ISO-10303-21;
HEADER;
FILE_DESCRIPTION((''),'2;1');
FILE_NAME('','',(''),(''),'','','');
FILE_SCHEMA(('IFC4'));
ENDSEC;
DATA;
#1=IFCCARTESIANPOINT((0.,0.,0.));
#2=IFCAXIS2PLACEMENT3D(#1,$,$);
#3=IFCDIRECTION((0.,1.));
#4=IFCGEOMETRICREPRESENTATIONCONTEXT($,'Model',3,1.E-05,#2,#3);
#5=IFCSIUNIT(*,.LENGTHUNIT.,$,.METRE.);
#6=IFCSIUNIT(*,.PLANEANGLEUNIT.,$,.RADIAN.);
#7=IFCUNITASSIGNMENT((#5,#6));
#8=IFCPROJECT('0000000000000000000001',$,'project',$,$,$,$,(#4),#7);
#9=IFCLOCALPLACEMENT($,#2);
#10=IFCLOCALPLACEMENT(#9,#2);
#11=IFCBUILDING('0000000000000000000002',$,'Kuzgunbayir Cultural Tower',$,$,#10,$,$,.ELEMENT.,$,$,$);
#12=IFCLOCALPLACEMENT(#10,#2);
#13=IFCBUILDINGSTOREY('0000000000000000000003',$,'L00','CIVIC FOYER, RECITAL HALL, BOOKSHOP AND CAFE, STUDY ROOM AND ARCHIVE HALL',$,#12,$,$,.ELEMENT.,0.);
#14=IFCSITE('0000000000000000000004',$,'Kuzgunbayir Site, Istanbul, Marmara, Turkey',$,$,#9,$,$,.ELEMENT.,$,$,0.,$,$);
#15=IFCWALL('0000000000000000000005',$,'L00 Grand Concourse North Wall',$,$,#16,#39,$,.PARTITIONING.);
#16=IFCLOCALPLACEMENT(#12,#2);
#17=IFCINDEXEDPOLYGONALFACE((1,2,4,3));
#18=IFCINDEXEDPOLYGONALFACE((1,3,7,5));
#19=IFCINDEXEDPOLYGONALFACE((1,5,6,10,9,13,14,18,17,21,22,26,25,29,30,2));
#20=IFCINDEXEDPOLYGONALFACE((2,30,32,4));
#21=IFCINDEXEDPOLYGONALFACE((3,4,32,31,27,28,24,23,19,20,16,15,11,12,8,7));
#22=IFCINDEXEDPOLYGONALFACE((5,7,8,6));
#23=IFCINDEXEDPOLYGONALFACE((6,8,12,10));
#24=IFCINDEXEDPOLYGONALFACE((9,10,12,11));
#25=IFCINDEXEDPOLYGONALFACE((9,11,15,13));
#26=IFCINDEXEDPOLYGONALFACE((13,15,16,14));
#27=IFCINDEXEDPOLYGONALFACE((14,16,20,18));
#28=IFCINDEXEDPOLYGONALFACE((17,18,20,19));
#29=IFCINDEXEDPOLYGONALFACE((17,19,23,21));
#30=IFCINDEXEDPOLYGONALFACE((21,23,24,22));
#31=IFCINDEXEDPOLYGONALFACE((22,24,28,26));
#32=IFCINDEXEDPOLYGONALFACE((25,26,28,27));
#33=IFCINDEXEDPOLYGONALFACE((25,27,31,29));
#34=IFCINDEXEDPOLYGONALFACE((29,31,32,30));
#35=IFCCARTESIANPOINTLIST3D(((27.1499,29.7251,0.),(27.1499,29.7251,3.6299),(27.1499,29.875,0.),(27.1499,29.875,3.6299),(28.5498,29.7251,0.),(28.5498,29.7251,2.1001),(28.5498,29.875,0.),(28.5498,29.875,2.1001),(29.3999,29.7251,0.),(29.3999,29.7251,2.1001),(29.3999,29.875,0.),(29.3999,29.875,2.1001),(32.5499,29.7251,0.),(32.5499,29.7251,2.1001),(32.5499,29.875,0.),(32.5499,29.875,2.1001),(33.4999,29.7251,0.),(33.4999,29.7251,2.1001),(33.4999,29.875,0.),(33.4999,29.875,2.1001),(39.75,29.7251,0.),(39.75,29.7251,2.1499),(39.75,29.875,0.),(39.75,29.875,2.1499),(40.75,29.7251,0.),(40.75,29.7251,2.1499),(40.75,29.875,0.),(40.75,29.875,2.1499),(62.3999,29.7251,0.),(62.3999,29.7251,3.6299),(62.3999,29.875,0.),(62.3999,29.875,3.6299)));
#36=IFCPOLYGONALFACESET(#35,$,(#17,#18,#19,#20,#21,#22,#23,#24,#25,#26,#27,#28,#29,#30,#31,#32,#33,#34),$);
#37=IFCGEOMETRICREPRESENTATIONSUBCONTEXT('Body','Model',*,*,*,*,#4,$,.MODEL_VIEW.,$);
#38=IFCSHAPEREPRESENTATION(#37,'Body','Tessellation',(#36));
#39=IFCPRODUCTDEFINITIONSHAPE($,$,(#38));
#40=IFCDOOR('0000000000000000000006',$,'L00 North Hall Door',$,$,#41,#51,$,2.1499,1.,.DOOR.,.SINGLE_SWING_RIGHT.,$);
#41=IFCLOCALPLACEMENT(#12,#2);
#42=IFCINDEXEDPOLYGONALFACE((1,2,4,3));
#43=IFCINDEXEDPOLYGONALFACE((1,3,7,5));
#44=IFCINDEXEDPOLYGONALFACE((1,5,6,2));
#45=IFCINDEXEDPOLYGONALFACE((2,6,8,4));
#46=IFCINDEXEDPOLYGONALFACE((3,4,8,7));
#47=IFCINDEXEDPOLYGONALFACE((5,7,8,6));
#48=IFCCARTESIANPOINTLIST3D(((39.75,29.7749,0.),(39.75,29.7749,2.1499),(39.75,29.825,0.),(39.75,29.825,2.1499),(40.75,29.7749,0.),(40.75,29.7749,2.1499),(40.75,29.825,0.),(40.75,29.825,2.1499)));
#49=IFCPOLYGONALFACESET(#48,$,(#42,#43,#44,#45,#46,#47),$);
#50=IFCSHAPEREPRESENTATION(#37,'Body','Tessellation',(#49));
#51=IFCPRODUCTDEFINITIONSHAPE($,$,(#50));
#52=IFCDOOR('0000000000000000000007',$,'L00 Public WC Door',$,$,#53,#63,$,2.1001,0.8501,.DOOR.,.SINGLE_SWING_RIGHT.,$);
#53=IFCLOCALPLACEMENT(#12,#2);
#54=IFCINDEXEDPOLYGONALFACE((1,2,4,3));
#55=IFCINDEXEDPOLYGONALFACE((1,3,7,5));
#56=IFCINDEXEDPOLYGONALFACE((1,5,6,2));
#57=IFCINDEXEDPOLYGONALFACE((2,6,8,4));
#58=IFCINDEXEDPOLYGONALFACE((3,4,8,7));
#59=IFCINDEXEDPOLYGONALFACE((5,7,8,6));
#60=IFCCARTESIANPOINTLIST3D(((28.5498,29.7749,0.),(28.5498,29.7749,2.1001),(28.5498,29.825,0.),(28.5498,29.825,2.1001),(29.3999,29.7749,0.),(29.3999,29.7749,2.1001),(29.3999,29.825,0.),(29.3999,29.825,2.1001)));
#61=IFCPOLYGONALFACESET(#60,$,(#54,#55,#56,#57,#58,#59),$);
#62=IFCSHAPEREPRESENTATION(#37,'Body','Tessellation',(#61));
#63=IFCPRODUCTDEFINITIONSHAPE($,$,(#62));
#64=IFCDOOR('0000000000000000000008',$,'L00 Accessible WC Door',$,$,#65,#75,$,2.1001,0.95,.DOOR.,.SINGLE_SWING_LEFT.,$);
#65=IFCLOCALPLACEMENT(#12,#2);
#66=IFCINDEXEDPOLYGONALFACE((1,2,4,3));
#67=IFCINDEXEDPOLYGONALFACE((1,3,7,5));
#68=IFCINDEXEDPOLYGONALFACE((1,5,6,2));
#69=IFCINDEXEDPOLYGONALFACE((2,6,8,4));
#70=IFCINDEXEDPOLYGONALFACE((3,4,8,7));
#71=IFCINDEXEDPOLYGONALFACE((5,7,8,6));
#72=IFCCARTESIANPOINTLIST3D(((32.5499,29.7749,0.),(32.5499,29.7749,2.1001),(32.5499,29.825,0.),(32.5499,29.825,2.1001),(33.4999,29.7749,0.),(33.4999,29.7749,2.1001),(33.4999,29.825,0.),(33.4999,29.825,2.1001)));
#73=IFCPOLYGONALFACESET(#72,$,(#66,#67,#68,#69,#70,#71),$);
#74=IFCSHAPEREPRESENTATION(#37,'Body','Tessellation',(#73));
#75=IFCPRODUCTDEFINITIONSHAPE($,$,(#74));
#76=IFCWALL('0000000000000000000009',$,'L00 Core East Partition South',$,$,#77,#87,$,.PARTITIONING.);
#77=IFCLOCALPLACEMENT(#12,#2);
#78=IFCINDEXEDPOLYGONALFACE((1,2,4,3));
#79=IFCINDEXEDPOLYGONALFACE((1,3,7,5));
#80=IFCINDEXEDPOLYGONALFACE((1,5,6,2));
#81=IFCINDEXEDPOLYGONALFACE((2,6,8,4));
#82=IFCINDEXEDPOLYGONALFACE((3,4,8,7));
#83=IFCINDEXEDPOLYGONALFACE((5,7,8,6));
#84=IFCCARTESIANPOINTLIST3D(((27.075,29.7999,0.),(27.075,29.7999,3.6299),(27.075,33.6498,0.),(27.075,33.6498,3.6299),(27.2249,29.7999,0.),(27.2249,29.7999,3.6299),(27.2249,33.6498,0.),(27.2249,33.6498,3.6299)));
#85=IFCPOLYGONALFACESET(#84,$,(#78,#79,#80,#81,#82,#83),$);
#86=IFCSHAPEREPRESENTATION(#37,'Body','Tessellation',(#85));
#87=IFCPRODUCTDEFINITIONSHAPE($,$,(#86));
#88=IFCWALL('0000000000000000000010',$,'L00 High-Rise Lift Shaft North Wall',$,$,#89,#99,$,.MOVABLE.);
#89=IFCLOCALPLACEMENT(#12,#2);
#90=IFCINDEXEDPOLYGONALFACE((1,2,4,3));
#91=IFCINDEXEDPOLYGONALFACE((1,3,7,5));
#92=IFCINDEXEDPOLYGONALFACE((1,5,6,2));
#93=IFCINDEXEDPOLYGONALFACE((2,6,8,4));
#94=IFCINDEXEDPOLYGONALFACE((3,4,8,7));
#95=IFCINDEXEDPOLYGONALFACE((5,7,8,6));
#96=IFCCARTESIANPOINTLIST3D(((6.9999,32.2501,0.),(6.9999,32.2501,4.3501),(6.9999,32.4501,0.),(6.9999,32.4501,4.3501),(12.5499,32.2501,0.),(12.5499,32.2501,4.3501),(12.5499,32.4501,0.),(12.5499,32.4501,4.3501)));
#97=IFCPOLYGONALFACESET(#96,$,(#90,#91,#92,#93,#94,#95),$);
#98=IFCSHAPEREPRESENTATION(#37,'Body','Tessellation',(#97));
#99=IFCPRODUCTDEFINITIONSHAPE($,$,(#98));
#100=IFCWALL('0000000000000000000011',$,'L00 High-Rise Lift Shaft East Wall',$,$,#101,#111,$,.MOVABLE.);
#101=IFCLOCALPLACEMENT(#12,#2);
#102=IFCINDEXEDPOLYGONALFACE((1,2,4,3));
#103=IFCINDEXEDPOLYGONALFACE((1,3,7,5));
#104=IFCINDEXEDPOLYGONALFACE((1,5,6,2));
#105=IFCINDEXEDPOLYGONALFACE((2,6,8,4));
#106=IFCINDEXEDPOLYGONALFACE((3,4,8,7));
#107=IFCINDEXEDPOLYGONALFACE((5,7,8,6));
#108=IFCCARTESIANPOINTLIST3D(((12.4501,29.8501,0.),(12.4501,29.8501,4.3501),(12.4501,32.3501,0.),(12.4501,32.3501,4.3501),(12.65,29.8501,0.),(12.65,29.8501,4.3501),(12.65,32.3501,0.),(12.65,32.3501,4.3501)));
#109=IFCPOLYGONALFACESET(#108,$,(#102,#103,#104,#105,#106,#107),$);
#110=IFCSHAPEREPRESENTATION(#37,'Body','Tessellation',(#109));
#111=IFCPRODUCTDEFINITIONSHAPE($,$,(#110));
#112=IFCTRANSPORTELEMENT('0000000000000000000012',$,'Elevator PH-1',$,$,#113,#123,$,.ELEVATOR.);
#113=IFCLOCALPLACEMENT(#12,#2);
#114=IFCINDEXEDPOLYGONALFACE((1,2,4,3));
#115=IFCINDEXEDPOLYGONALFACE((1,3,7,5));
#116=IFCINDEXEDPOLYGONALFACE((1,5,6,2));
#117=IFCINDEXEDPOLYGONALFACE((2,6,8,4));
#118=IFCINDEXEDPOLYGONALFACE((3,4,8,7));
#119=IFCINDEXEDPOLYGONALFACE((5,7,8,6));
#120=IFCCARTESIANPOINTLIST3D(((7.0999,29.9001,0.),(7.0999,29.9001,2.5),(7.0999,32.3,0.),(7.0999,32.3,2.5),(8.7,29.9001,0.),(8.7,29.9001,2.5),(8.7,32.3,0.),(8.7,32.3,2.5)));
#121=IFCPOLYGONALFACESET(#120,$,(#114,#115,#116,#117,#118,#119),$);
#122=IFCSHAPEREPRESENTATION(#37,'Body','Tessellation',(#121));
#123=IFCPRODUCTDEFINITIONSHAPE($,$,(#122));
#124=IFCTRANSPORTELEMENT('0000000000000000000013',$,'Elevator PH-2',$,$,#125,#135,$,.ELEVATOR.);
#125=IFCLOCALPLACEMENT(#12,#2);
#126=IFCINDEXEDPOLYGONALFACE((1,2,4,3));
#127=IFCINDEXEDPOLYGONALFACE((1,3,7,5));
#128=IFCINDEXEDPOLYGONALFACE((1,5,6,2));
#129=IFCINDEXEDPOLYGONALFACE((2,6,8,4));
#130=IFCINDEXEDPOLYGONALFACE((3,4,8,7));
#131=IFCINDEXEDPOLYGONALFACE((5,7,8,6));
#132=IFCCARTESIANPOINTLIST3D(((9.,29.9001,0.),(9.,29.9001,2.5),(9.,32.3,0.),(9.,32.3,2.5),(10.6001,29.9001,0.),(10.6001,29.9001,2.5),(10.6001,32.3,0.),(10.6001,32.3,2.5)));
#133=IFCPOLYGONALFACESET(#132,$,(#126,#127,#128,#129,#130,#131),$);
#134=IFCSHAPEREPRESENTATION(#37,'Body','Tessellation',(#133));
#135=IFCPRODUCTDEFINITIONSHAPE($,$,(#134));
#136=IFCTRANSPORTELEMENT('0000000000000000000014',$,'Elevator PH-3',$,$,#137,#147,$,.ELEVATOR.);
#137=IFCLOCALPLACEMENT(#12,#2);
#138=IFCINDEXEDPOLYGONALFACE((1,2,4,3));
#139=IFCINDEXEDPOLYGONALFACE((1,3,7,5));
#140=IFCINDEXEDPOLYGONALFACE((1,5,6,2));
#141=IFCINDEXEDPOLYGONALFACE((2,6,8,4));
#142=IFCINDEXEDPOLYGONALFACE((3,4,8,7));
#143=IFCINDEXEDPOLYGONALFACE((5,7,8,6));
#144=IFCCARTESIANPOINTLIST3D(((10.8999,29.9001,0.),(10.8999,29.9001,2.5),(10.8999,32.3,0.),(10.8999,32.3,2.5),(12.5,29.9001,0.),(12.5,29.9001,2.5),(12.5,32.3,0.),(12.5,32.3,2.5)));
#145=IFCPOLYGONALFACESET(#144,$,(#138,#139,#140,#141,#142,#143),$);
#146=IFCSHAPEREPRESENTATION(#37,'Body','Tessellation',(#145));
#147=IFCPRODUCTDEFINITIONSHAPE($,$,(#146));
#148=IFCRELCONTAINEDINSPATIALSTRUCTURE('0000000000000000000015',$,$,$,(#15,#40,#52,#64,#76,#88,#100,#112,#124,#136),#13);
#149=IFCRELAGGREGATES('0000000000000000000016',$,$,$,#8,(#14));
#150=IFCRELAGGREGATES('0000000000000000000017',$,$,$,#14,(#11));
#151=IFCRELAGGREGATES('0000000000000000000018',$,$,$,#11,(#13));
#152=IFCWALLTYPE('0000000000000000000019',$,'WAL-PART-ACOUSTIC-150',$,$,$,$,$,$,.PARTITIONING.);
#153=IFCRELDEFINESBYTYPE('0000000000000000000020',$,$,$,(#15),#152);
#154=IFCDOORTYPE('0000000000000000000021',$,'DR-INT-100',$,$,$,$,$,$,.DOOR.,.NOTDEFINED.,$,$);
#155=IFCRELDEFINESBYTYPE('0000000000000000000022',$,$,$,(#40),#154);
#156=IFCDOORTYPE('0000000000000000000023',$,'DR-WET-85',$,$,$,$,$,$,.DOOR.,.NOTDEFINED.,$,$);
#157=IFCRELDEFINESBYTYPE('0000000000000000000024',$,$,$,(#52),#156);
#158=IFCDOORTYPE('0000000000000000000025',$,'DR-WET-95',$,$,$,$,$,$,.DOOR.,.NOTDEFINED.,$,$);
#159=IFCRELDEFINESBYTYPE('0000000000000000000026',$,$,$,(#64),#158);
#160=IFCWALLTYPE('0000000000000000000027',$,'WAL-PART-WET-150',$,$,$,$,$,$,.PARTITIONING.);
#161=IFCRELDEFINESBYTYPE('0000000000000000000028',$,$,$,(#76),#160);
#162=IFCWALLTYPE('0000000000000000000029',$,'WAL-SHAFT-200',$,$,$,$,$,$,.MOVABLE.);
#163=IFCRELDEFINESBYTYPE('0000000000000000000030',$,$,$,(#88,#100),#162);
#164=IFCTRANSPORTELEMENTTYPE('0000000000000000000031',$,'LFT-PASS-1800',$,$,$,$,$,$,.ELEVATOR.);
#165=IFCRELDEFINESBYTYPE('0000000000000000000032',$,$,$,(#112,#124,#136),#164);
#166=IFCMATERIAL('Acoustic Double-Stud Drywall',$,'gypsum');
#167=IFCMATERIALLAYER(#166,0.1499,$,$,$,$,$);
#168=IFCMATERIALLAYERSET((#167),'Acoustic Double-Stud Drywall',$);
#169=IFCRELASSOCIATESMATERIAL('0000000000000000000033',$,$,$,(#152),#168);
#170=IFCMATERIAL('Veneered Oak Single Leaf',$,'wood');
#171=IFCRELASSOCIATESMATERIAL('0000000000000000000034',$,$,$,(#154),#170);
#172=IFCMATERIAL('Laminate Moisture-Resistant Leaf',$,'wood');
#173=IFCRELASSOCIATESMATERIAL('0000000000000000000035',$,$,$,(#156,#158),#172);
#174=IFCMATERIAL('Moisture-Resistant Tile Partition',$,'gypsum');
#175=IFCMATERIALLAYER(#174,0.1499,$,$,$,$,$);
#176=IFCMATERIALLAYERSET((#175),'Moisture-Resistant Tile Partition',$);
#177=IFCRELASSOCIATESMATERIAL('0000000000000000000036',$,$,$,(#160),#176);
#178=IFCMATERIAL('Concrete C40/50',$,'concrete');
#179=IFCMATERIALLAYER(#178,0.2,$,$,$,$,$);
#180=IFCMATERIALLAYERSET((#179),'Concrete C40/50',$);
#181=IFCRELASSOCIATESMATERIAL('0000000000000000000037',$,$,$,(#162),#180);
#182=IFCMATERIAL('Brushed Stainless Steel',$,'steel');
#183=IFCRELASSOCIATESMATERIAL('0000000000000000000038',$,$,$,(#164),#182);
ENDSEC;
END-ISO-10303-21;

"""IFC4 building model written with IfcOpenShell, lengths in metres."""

from ifc_helpers import new_model, si_unit, direction, frame, frame_2d, origin, origin_2d, place, context, subcontext, project, spatial, rectangle, extrude, material, layer, layer_set, type_object, element, fill, save


model = new_model("IFC4")

# Units and contexts
model_context = context("Model", 3, precision=1e-05, world=origin(), true_north=direction((0.0, 1.0)))
body_context = subcontext(model_context, "Body", "Model", "MODEL_VIEW")
ifc_project = project(units=[si_unit("LENGTHUNIT", "METRE"), si_unit("PLANEANGLEUNIT", "RADIAN")], contexts=[model_context])

# Site, building, storey
site_placement = place(None, origin())
site = spatial("IfcSite", under=ifc_project, at=site_placement, Name="Kuzgunbayir Site, Istanbul, Marmara, Turkey", CompositionType="ELEMENT", RefElevation=0.0)
building_placement = place(site_placement, origin())
building = spatial("IfcBuilding", under=site, at=building_placement, Name="Kuzgunbayir Cultural Tower", CompositionType="ELEMENT")
storey_placement = place(building_placement, origin())
storey = spatial("IfcBuildingStorey", under=building, at=storey_placement, Name="L00", Description="CIVIC FOYER, RECITAL HALL, BOOKSHOP AND CAFE, STUDY ROOM AND ARCHIVE HALL", CompositionType="ELEMENT", Elevation=0.0)

# Shared definitions
ifc_material_1 = material(Name="Acoustic Double-Stud Drywall", Category="gypsum")
ifc_layer_1 = layer(ifc_material_1, 0.1499)
ifc_layer_set_1 = layer_set([ifc_layer_1], Name="Acoustic Double-Stud Drywall")
wall_type_1 = type_object("IfcWallType", Name="WAL-PART-ACOUSTIC-150", PredefinedType="PARTITIONING", material=ifc_layer_set_1)

# Wall, openings, doors
wall_1_placement = place(storey_placement, frame((27.1499, 29.8, 0.0), z_axis=(0.0, 0.0, 1.0), x_axis=(1.0, 0.0, 0.0)))
wall_1 = element("IfcWall", 1, at=wall_1_placement, inside=storey, type_object=wall_type_1, Name="L00 Grand Concourse North Wall", PredefinedType="PARTITIONING", context=body_context, shape_type="SweptSolid", body=[
    extrude(rectangle(XDim=35.25, YDim=0.1499, at=frame_2d((17.625, 0.0))), origin(), (0.0, 0.0, 1.0), 3.6299),
])
opening_1_placement = place(wall_1_placement, frame((1.3999, 0.0, 0.0)))
opening_1 = element("IfcOpeningElement", 2, at=opening_1_placement, cuts=wall_1, PredefinedType="OPENING", context=body_context, shape_type="SweptSolid", body=[
    extrude(rectangle(XDim=0.8501, YDim=2.1001, at=frame_2d((0.425, 1.05))), frame((0.0, 0.085, 0.0), z_axis=(0.0, -1.0, 0.0), x_axis=(1.0, 0.0, 0.0)), (0.0, 0.0, 1.0), 0.1699),
])
opening_2_placement = place(wall_1_placement, frame((5.3999, 0.0, 0.0)))
opening_2 = element("IfcOpeningElement", 3, at=opening_2_placement, cuts=wall_1, PredefinedType="OPENING", context=body_context, shape_type="SweptSolid", body=[
    extrude(rectangle(XDim=0.95, YDim=2.1001, at=frame_2d((0.4751, 1.05))), frame((0.0, 0.085, 0.0), z_axis=(0.0, -1.0, 0.0), x_axis=(1.0, 0.0, 0.0)), (0.0, 0.0, 1.0), 0.1699),
])
opening_3_placement = place(wall_1_placement, frame((12.6001, 0.0, 0.0)))
opening_3 = element("IfcOpeningElement", 4, at=opening_3_placement, cuts=wall_1, PredefinedType="OPENING", context=body_context, shape_type="SweptSolid", body=[
    extrude(rectangle(XDim=1.0, YDim=2.1499, at=frame_2d((0.5, 1.075))), frame((0.0, 0.085, 0.0), z_axis=(0.0, -1.0, 0.0), x_axis=(1.0, 0.0, 0.0)), (0.0, 0.0, 1.0), 0.1699),
])
ifc_material_2 = material(Name="Veneered Oak Single Leaf", Category="wood")
door_type_1 = type_object("IfcDoorType", Name="DR-INT-100", OperationType="NOTDEFINED", PredefinedType="DOOR", material=ifc_material_2)
door_1_placement = place(opening_3_placement, origin())
door_1 = element("IfcDoor", 5, at=door_1_placement, inside=storey, type_object=door_type_1, Name="L00 North Hall Door", OperationType="SINGLE_SWING_RIGHT", OverallHeight=2.1499, OverallWidth=1.0, PredefinedType="DOOR", context=body_context, shape_type="SweptSolid", body=[
    extrude(rectangle(XDim=1.0, YDim=2.1499, at=frame_2d((0.5, 1.075))), frame((0.0, 0.0249, 0.0), z_axis=(0.0, -1.0, 0.0), x_axis=(1.0, 0.0, 0.0)), (0.0, 0.0, 1.0), 0.05),
])
fill(opening_3, door_1)
ifc_material_3 = material(Name="Laminate Moisture-Resistant Leaf", Category="wood")
door_type_2 = type_object("IfcDoorType", Name="DR-WET-85", OperationType="NOTDEFINED", PredefinedType="DOOR", material=ifc_material_3)
door_2_placement = place(opening_1_placement, origin())
door_2 = element("IfcDoor", 6, at=door_2_placement, inside=storey, type_object=door_type_2, Name="L00 Public WC Door", OperationType="SINGLE_SWING_RIGHT", OverallHeight=2.1001, OverallWidth=0.8501, PredefinedType="DOOR", context=body_context, shape_type="SweptSolid", body=[
    extrude(rectangle(XDim=0.8501, YDim=2.1001, at=frame_2d((0.425, 1.05))), frame((0.0, 0.0249, 0.0), z_axis=(0.0, -1.0, 0.0), x_axis=(1.0, 0.0, 0.0)), (0.0, 0.0, 1.0), 0.05),
])
fill(opening_1, door_2)
door_type_3 = type_object("IfcDoorType", Name="DR-WET-95", OperationType="NOTDEFINED", PredefinedType="DOOR", material=ifc_material_3)
door_3_placement = place(opening_2_placement, origin())
door_3 = element("IfcDoor", 7, at=door_3_placement, inside=storey, type_object=door_type_3, Name="L00 Accessible WC Door", OperationType="SINGLE_SWING_LEFT", OverallHeight=2.1001, OverallWidth=0.95, PredefinedType="DOOR", context=body_context, shape_type="SweptSolid", body=[
    extrude(rectangle(XDim=0.95, YDim=2.1001, at=frame_2d((0.4751, 1.05))), frame((0.0, 0.0249, 0.0), z_axis=(0.0, -1.0, 0.0), x_axis=(1.0, 0.0, 0.0)), (0.0, 0.0, 1.0), 0.05),
])
fill(opening_2, door_3)

# Walls
ifc_material_4 = material(Name="Moisture-Resistant Tile Partition", Category="gypsum")
ifc_layer_2 = layer(ifc_material_4, 0.1499)
ifc_layer_set_2 = layer_set([ifc_layer_2], Name="Moisture-Resistant Tile Partition")
wall_type_2 = type_object("IfcWallType", Name="WAL-PART-WET-150", PredefinedType="PARTITIONING", material=ifc_layer_set_2)
wall_2_placement = place(storey_placement, frame((27.1499, 29.8, 0.0), z_axis=(0.0, 0.0, 1.0), x_axis=(0.0, 1.0, 0.0)))
element("IfcWall", 8, at=wall_2_placement, inside=storey, type_object=wall_type_2, Name="L00 Core East Partition South", PredefinedType="PARTITIONING", context=body_context, shape_type="SweptSolid", body=[
    extrude(rectangle(XDim=3.8499, YDim=0.1499, at=frame_2d((1.9248, 0.0))), origin(), (0.0, 0.0, 1.0), 3.6299),
])
ifc_material_5 = material(Name="Concrete C40/50", Category="concrete")
ifc_layer_3 = layer(ifc_material_5, 0.2)
ifc_layer_set_3 = layer_set([ifc_layer_3], Name="Concrete C40/50")
wall_type_3 = type_object("IfcWallType", Name="WAL-SHAFT-200", PredefinedType="MOVABLE", material=ifc_layer_set_3)
wall_3_placement = place(storey_placement, frame((7.0, 32.3501, 0.0), z_axis=(0.0, 0.0, 1.0), x_axis=(1.0, 0.0, 0.0)))
element("IfcWall", 9, at=wall_3_placement, inside=storey, type_object=wall_type_3, Name="L00 High-Rise Lift Shaft North Wall", PredefinedType="MOVABLE", context=body_context, shape_type="SweptSolid", body=[
    extrude(rectangle(XDim=5.55, YDim=0.2, at=frame_2d((2.7749, 0.0))), origin(), (0.0, 0.0, 1.0), 4.3501),
])
wall_4_placement = place(storey_placement, frame((12.55, 29.8501, 0.0), z_axis=(0.0, 0.0, 1.0), x_axis=(0.0, 1.0, 0.0)))
element("IfcWall", 10, at=wall_4_placement, inside=storey, type_object=wall_type_3, Name="L00 High-Rise Lift Shaft East Wall", PredefinedType="MOVABLE", context=body_context, shape_type="SweptSolid", body=[
    extrude(rectangle(XDim=2.5, YDim=0.2, at=frame_2d((1.25, 0.0))), origin(), (0.0, 0.0, 1.0), 4.3501),
])

# Transport elements
ifc_material_6 = material(Name="Brushed Stainless Steel", Category="steel")
transport_element_type = type_object("IfcTransportElementType", Name="LFT-PASS-1800", PredefinedType="ELEVATOR", material=ifc_material_6)
for number, where, z_axis, x_axis, name in (
    (11, (7.8999, 31.1001, 0.0), (0.0, 0.0, 1.0), (1.0, 0.0, 0.0), "Elevator PH-1"),
    (12, (9.8, 31.1001, 0.0), (0.0, 0.0, 1.0), (1.0, 0.0, 0.0), "Elevator PH-2"),
    (13, (11.7, 31.1001, 0.0), (0.0, 0.0, 1.0), (1.0, 0.0, 0.0), "Elevator PH-3"),
):
    element("IfcTransportElement", number, at=place(storey_placement, frame(where, z_axis=z_axis, x_axis=x_axis)), inside=storey, type_object=transport_element_type, Name=name, PredefinedType="ELEVATOR", context=body_context, shape_type="SweptSolid", body=[
        extrude(rectangle(XDim=1.6001, YDim=2.3999, at=origin_2d()), origin(), (0.0, 0.0, 1.0), 2.5),
    ])

save(model, "model.ifc")
